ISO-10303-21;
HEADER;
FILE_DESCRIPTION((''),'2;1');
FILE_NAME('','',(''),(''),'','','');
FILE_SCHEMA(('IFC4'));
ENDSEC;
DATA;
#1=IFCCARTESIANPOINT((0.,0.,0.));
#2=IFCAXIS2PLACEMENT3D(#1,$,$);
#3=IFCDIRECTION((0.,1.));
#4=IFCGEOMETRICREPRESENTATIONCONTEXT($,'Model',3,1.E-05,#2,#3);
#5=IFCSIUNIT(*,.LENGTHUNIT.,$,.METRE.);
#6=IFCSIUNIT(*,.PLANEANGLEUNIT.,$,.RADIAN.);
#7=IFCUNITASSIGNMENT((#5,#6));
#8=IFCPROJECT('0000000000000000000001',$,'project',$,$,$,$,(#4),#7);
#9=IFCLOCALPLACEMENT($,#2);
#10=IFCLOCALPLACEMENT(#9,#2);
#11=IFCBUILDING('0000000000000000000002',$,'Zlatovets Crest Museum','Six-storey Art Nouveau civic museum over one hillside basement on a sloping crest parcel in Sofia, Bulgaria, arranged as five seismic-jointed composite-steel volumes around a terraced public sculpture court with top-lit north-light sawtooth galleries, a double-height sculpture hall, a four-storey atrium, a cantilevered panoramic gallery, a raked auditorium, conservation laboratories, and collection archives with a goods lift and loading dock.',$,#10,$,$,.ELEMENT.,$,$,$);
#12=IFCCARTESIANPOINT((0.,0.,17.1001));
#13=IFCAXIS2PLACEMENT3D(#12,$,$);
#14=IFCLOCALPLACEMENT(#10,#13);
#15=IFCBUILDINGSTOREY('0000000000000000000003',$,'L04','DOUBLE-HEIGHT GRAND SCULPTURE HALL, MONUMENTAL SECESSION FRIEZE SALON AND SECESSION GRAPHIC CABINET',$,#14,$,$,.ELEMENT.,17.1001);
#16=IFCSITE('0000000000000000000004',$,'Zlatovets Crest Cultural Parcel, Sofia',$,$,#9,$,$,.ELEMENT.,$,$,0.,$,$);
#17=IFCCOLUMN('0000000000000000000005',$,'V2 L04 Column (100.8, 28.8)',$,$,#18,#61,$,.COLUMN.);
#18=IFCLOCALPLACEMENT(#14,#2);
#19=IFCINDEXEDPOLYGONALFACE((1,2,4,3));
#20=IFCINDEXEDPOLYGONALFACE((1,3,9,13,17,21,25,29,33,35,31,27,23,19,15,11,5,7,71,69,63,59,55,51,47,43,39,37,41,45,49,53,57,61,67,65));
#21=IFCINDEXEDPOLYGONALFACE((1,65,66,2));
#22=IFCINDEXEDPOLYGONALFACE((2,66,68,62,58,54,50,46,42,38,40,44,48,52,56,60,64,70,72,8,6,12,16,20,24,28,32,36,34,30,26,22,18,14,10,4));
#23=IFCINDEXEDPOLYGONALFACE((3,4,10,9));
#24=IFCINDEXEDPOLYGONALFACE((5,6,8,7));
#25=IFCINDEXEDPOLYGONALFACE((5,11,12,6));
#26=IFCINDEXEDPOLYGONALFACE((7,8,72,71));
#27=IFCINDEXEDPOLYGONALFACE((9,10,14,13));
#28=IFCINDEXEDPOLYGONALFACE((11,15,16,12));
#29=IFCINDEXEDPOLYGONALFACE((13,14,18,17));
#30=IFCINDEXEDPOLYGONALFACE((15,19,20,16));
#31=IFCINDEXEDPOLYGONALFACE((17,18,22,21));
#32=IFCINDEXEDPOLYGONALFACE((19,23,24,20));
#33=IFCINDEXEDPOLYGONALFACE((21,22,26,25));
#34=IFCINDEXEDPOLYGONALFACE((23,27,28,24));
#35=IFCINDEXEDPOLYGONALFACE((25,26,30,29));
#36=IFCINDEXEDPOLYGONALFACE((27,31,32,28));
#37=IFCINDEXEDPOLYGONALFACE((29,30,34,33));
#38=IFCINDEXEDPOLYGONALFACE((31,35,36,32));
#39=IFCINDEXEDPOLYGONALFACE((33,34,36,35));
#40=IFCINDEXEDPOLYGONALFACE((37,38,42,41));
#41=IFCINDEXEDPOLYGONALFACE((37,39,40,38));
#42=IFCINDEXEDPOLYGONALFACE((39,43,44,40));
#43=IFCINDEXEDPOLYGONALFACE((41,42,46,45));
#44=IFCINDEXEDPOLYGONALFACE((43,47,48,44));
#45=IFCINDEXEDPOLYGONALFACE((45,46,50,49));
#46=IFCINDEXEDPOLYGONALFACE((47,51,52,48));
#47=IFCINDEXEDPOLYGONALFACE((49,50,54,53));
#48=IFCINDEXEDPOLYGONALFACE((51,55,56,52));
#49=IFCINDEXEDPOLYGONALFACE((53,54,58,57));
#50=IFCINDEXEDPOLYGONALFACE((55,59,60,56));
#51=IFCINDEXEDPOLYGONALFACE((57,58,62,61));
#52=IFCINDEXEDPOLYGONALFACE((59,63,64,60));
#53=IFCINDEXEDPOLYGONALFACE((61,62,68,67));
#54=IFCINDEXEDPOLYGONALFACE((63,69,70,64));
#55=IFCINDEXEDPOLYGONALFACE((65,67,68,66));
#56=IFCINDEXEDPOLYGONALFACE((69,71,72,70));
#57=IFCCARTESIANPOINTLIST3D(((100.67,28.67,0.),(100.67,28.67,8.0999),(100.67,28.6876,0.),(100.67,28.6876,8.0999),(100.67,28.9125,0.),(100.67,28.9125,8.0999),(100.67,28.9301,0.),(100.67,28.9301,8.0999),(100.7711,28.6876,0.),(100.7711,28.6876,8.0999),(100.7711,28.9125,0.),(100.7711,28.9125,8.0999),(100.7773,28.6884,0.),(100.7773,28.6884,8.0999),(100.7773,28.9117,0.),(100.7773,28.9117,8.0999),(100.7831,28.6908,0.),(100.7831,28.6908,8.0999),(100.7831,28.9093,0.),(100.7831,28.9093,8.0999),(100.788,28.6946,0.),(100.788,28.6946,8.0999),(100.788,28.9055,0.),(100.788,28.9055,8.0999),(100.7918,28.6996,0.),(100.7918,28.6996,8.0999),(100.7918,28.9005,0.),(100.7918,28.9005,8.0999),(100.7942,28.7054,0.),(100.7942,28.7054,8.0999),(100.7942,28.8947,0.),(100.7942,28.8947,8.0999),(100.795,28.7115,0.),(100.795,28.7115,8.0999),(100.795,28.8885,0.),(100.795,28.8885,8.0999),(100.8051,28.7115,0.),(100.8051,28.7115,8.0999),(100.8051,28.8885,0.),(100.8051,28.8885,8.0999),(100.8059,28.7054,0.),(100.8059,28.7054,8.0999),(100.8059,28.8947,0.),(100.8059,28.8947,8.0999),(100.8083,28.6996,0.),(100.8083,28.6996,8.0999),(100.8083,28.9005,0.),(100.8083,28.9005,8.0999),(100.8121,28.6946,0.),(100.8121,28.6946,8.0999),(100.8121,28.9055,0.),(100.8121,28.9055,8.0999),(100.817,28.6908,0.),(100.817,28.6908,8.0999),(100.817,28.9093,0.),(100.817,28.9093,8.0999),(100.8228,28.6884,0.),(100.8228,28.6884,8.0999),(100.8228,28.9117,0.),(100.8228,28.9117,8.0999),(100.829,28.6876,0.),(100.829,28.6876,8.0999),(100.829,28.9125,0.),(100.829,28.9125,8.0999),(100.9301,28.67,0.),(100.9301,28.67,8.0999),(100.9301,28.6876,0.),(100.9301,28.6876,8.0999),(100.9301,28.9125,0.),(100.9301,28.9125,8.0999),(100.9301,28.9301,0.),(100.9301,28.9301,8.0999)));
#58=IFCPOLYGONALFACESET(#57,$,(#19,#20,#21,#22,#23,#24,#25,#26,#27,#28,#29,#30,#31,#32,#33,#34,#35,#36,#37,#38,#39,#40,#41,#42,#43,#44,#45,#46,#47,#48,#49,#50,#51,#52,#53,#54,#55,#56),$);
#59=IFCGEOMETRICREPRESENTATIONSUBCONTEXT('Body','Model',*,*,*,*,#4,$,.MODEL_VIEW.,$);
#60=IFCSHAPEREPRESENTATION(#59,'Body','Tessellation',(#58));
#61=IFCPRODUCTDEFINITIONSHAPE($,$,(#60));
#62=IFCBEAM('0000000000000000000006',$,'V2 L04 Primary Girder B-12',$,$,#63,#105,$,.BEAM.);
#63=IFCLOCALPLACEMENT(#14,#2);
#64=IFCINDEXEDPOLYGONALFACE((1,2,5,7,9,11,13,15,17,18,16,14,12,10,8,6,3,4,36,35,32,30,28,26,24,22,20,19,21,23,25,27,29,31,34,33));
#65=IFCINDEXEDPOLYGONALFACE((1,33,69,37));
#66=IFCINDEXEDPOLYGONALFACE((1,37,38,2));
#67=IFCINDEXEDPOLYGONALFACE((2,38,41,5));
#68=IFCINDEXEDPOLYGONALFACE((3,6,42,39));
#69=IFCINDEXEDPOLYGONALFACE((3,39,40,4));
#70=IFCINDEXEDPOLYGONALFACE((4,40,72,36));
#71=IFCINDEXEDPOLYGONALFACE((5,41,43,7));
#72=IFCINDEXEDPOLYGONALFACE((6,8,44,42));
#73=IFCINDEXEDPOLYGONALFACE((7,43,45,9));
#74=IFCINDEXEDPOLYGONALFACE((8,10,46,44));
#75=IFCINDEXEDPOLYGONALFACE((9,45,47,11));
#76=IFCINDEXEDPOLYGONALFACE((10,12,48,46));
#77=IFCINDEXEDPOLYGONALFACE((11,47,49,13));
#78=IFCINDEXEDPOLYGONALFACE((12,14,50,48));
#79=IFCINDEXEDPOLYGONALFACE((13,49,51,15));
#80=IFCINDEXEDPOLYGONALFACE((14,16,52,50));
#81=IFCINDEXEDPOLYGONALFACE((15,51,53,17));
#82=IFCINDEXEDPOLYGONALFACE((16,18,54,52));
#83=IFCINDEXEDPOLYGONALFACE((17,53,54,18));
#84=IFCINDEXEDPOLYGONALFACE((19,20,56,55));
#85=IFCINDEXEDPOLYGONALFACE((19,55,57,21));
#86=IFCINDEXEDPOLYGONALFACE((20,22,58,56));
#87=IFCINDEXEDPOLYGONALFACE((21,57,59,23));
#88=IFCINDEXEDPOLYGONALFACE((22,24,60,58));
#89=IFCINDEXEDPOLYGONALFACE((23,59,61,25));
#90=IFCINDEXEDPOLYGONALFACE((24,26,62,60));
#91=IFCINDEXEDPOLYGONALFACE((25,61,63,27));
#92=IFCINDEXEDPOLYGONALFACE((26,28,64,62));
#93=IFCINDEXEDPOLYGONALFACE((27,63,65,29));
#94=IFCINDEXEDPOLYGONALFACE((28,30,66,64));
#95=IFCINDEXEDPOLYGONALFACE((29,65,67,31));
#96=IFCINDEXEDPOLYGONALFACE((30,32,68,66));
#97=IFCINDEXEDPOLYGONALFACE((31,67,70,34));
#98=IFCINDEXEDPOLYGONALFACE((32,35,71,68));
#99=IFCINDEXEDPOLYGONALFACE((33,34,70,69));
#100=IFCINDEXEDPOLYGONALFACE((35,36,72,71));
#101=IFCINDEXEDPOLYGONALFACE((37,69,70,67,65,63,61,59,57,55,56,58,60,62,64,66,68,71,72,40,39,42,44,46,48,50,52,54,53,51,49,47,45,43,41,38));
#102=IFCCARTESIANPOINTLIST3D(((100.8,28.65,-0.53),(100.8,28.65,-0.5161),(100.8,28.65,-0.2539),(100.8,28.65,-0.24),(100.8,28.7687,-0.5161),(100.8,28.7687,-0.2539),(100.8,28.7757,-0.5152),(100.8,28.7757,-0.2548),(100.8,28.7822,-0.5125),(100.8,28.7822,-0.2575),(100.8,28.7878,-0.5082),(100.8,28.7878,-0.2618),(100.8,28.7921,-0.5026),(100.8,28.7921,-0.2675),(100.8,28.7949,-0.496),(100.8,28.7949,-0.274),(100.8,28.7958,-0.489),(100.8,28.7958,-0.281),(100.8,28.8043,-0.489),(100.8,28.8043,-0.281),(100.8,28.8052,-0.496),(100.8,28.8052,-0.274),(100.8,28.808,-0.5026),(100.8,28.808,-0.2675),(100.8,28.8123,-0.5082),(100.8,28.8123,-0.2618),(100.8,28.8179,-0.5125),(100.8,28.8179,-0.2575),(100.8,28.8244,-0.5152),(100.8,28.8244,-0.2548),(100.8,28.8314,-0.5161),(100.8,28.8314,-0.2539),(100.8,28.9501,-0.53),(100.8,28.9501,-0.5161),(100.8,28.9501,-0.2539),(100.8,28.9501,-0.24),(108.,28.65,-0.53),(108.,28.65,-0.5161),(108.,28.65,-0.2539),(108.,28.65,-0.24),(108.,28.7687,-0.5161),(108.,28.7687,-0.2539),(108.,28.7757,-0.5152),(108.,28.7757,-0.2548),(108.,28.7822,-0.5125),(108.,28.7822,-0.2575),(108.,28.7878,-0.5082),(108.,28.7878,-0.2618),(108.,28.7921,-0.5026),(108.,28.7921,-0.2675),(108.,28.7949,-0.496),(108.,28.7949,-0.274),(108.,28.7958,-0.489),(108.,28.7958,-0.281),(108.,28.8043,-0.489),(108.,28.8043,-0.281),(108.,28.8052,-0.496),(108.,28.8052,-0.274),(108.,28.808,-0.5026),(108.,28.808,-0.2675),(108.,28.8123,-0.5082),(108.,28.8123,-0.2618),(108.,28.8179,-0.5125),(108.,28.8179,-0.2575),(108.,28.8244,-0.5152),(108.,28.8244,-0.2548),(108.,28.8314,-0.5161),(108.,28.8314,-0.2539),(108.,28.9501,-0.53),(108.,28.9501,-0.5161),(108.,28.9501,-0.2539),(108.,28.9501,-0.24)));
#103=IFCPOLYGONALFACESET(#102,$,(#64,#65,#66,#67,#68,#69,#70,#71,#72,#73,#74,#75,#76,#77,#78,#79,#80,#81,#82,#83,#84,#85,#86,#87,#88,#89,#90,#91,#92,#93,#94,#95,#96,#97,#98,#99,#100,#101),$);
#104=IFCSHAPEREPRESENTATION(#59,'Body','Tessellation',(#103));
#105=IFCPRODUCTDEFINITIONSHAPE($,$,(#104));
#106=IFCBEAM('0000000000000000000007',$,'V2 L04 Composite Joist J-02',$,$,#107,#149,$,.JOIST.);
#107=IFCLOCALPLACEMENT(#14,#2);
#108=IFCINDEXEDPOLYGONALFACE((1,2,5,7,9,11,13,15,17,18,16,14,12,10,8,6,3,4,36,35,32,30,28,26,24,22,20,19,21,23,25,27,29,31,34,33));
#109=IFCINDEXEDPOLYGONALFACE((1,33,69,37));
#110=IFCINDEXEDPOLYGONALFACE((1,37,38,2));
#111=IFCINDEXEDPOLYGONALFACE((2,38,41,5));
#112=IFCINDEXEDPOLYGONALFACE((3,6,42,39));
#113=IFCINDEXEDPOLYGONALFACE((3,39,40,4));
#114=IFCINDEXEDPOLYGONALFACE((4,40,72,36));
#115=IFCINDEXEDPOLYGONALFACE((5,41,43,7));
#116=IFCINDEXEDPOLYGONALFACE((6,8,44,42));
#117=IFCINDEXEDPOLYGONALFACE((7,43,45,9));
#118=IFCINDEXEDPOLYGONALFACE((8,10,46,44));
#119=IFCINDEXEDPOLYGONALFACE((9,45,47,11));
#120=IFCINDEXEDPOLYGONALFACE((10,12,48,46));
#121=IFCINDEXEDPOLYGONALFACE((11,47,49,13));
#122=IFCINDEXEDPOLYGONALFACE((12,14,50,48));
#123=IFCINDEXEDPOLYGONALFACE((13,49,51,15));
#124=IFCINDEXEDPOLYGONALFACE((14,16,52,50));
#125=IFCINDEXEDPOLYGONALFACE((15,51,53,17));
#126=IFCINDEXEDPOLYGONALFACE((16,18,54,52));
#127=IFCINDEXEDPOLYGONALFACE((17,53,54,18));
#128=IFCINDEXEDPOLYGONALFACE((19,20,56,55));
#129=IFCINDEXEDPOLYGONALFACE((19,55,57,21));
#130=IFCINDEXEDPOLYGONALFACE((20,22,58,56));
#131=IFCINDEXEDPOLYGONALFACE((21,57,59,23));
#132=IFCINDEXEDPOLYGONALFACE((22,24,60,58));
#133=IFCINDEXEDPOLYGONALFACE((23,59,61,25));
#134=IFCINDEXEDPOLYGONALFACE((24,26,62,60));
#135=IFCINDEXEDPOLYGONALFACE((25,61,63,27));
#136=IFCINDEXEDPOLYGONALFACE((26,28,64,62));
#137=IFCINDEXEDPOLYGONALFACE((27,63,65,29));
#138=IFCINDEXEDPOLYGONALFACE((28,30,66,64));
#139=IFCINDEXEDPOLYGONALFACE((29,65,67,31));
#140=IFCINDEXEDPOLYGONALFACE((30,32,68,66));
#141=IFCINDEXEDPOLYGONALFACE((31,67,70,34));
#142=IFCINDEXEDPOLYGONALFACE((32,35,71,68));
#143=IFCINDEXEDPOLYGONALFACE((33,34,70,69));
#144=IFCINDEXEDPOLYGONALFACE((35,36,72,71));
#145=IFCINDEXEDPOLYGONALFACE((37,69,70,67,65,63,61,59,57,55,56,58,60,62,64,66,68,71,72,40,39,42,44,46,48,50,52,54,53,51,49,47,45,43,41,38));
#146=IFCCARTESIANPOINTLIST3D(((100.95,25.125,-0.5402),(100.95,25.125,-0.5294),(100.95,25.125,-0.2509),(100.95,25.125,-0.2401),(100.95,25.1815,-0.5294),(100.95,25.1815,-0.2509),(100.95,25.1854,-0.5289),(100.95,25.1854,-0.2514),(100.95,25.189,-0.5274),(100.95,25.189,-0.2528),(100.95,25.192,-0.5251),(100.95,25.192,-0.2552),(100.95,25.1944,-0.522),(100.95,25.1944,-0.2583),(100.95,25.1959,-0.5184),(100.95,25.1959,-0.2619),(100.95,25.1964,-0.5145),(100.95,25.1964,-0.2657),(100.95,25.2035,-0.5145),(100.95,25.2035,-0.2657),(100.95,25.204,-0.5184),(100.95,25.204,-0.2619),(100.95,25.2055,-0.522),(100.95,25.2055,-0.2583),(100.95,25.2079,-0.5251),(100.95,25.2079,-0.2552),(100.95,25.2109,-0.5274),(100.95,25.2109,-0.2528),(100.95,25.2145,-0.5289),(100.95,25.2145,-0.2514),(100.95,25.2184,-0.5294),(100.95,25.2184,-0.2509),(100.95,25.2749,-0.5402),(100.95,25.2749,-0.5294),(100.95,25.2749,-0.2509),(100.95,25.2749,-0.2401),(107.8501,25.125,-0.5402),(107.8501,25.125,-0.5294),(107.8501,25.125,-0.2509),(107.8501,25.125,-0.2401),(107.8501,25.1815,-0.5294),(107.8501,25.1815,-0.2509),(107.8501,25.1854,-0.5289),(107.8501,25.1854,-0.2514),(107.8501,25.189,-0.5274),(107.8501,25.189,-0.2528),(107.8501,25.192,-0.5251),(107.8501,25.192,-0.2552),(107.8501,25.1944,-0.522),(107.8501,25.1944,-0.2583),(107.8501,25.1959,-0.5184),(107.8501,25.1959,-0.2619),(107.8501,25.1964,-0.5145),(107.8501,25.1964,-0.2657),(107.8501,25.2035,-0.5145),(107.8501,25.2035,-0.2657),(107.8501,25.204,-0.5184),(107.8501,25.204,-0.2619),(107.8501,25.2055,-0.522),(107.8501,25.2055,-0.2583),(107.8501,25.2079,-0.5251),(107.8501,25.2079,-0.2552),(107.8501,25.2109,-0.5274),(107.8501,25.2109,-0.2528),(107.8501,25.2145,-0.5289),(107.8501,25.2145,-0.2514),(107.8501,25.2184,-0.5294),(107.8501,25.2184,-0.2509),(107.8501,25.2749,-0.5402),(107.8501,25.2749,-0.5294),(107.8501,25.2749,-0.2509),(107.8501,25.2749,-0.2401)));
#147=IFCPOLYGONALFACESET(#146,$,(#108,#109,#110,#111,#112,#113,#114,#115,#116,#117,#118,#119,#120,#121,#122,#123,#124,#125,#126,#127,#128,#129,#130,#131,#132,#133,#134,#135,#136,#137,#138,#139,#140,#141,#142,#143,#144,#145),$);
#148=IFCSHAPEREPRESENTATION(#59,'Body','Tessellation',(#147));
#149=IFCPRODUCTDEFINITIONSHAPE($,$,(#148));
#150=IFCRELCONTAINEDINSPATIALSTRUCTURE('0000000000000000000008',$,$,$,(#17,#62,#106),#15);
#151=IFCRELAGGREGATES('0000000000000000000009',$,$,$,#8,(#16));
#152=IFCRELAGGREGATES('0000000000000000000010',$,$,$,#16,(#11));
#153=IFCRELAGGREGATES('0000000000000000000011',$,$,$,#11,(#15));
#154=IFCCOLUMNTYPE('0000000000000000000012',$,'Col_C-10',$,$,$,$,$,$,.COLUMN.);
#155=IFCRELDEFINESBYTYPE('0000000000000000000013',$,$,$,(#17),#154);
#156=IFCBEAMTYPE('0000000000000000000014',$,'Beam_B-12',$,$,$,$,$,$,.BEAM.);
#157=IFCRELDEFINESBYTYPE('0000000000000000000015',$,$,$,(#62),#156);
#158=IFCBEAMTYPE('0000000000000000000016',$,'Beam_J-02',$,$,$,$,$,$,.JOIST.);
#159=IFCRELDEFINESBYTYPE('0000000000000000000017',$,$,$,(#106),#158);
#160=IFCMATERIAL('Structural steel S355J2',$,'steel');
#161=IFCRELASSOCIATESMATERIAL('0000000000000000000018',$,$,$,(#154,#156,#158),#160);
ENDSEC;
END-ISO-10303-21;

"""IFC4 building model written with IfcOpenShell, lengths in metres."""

from ifc_helpers import new_model, si_unit, direction, frame, origin, origin_2d, place, context, subcontext, project, spatial, i_section, extrude, material, material_profile, profile_set, type_object, element, save


model = new_model("IFC4")

# Units and contexts
model_context = context("Model", 3, precision=1e-05, world=origin(), true_north=direction((0.0, 1.0)))
body_context = subcontext(model_context, "Body", "Model", "MODEL_VIEW")
ifc_project = project(units=[si_unit("LENGTHUNIT", "METRE"), si_unit("PLANEANGLEUNIT", "RADIAN")], contexts=[model_context])

# Site, building, storey
site_placement = place(None, origin())
site = spatial("IfcSite", under=ifc_project, at=site_placement, Name="Zlatovets Crest Cultural Parcel, Sofia", CompositionType="ELEMENT", RefElevation=0.0)
building_placement = place(site_placement, origin())
building = spatial("IfcBuilding", under=site, at=building_placement, Name="Zlatovets Crest Museum", Description="Six-storey Art Nouveau civic museum over one hillside basement on a sloping crest parcel in Sofia, Bulgaria, arranged as five seismic-jointed composite-steel volumes around a terraced public sculpture court with top-lit north-light sawtooth galleries, a double-height sculpture hall, a four-storey atrium, a cantilevered panoramic gallery, a raked auditorium, conservation laboratories, and collection archives with a goods lift and loading dock.", CompositionType="ELEMENT")
storey_placement = place(building_placement, frame((0.0, 0.0, 17.1001)))
storey = spatial("IfcBuildingStorey", under=building, at=storey_placement, Name="L04", Description="DOUBLE-HEIGHT GRAND SCULPTURE HALL, MONUMENTAL SECESSION FRIEZE SALON AND SECESSION GRAPHIC CABINET", CompositionType="ELEMENT", Elevation=17.1001)

# Column
ifc_material_1 = material(Name="Structural steel S355J2", Category="steel")
ifc_material_profile_1 = material_profile(ifc_material_1, i_section(OverallWidth=0.26, OverallDepth=0.26, WebThickness=0.01, FlangeThickness=0.0176, FilletRadius=0.0239, at=origin_2d()), Name="HEB 260")
ifc_profile_set_1 = profile_set([ifc_material_profile_1], Name="Structural steel S355J2")
column_type = type_object("IfcColumnType", Name="Col_C-10", PredefinedType="COLUMN", material=ifc_profile_set_1)
column_placement = place(storey_placement, frame((100.8, 28.8, 0.0), z_axis=(0.0, 0.0, 1.0), x_axis=(1.0, 0.0, 0.0)))
element("IfcColumn", 1, at=column_placement, inside=storey, type_object=column_type, Name="V2 L04 Column (100.8, 28.8)", PredefinedType="COLUMN", context=body_context, shape_type="SweptSolid", body=[
    extrude(i_section(OverallWidth=0.26, OverallDepth=0.26, WebThickness=0.01, FlangeThickness=0.0176, FilletRadius=0.0239, at=origin_2d()), origin(), (0.0, 0.0, 1.0), 8.0999),
])

# Beams
ifc_material_profile_2 = material_profile(ifc_material_1, i_section(OverallWidth=0.3, OverallDepth=0.29, WebThickness=0.0085, FlangeThickness=0.0139, FilletRadius=0.0271, at=origin_2d()), Name="HEA 300")
ifc_profile_set_2 = profile_set([ifc_material_profile_2], Name="Structural steel S355J2")
beam_type_1 = type_object("IfcBeamType", Name="Beam_B-12", PredefinedType="BEAM", material=ifc_profile_set_2)
beam_1_placement = place(storey_placement, frame((100.8, 28.8, -0.385), z_axis=(1.0, 0.0, 0.0), x_axis=(0.0, 1.0, 0.0)))
element("IfcBeam", 2, at=beam_1_placement, inside=storey, type_object=beam_type_1, Name="V2 L04 Primary Girder B-12", PredefinedType="BEAM", context=body_context, shape_type="SweptSolid", body=[
    extrude(i_section(OverallWidth=0.3, OverallDepth=0.29, WebThickness=0.0085, FlangeThickness=0.0139, FilletRadius=0.0271, at=origin_2d()), origin(), (0.0, 0.0, 1.0), 7.2),
])
ifc_material_profile_3 = material_profile(ifc_material_1, i_section(OverallWidth=0.1499, OverallDepth=0.3, WebThickness=0.0071, FlangeThickness=0.0107, FilletRadius=0.0149, at=origin_2d()), Name="IPE 300")
ifc_profile_set_3 = profile_set([ifc_material_profile_3], Name="Structural steel S355J2")
beam_type_2 = type_object("IfcBeamType", Name="Beam_J-02", PredefinedType="JOIST", material=ifc_profile_set_3)
beam_2_placement = place(storey_placement, frame((100.95, 25.2, -0.3901), z_axis=(1.0, 0.0, 0.0), x_axis=(0.0, 1.0, 0.0)))
element("IfcBeam", 3, at=beam_2_placement, inside=storey, type_object=beam_type_2, Name="V2 L04 Composite Joist J-02", PredefinedType="JOIST", context=body_context, shape_type="SweptSolid", body=[
    extrude(i_section(OverallWidth=0.1499, OverallDepth=0.3, WebThickness=0.0071, FlangeThickness=0.0107, FilletRadius=0.0149, at=origin_2d()), origin(), (0.0, 0.0, 1.0), 6.9001),
])

save(model, "model.ifc")
